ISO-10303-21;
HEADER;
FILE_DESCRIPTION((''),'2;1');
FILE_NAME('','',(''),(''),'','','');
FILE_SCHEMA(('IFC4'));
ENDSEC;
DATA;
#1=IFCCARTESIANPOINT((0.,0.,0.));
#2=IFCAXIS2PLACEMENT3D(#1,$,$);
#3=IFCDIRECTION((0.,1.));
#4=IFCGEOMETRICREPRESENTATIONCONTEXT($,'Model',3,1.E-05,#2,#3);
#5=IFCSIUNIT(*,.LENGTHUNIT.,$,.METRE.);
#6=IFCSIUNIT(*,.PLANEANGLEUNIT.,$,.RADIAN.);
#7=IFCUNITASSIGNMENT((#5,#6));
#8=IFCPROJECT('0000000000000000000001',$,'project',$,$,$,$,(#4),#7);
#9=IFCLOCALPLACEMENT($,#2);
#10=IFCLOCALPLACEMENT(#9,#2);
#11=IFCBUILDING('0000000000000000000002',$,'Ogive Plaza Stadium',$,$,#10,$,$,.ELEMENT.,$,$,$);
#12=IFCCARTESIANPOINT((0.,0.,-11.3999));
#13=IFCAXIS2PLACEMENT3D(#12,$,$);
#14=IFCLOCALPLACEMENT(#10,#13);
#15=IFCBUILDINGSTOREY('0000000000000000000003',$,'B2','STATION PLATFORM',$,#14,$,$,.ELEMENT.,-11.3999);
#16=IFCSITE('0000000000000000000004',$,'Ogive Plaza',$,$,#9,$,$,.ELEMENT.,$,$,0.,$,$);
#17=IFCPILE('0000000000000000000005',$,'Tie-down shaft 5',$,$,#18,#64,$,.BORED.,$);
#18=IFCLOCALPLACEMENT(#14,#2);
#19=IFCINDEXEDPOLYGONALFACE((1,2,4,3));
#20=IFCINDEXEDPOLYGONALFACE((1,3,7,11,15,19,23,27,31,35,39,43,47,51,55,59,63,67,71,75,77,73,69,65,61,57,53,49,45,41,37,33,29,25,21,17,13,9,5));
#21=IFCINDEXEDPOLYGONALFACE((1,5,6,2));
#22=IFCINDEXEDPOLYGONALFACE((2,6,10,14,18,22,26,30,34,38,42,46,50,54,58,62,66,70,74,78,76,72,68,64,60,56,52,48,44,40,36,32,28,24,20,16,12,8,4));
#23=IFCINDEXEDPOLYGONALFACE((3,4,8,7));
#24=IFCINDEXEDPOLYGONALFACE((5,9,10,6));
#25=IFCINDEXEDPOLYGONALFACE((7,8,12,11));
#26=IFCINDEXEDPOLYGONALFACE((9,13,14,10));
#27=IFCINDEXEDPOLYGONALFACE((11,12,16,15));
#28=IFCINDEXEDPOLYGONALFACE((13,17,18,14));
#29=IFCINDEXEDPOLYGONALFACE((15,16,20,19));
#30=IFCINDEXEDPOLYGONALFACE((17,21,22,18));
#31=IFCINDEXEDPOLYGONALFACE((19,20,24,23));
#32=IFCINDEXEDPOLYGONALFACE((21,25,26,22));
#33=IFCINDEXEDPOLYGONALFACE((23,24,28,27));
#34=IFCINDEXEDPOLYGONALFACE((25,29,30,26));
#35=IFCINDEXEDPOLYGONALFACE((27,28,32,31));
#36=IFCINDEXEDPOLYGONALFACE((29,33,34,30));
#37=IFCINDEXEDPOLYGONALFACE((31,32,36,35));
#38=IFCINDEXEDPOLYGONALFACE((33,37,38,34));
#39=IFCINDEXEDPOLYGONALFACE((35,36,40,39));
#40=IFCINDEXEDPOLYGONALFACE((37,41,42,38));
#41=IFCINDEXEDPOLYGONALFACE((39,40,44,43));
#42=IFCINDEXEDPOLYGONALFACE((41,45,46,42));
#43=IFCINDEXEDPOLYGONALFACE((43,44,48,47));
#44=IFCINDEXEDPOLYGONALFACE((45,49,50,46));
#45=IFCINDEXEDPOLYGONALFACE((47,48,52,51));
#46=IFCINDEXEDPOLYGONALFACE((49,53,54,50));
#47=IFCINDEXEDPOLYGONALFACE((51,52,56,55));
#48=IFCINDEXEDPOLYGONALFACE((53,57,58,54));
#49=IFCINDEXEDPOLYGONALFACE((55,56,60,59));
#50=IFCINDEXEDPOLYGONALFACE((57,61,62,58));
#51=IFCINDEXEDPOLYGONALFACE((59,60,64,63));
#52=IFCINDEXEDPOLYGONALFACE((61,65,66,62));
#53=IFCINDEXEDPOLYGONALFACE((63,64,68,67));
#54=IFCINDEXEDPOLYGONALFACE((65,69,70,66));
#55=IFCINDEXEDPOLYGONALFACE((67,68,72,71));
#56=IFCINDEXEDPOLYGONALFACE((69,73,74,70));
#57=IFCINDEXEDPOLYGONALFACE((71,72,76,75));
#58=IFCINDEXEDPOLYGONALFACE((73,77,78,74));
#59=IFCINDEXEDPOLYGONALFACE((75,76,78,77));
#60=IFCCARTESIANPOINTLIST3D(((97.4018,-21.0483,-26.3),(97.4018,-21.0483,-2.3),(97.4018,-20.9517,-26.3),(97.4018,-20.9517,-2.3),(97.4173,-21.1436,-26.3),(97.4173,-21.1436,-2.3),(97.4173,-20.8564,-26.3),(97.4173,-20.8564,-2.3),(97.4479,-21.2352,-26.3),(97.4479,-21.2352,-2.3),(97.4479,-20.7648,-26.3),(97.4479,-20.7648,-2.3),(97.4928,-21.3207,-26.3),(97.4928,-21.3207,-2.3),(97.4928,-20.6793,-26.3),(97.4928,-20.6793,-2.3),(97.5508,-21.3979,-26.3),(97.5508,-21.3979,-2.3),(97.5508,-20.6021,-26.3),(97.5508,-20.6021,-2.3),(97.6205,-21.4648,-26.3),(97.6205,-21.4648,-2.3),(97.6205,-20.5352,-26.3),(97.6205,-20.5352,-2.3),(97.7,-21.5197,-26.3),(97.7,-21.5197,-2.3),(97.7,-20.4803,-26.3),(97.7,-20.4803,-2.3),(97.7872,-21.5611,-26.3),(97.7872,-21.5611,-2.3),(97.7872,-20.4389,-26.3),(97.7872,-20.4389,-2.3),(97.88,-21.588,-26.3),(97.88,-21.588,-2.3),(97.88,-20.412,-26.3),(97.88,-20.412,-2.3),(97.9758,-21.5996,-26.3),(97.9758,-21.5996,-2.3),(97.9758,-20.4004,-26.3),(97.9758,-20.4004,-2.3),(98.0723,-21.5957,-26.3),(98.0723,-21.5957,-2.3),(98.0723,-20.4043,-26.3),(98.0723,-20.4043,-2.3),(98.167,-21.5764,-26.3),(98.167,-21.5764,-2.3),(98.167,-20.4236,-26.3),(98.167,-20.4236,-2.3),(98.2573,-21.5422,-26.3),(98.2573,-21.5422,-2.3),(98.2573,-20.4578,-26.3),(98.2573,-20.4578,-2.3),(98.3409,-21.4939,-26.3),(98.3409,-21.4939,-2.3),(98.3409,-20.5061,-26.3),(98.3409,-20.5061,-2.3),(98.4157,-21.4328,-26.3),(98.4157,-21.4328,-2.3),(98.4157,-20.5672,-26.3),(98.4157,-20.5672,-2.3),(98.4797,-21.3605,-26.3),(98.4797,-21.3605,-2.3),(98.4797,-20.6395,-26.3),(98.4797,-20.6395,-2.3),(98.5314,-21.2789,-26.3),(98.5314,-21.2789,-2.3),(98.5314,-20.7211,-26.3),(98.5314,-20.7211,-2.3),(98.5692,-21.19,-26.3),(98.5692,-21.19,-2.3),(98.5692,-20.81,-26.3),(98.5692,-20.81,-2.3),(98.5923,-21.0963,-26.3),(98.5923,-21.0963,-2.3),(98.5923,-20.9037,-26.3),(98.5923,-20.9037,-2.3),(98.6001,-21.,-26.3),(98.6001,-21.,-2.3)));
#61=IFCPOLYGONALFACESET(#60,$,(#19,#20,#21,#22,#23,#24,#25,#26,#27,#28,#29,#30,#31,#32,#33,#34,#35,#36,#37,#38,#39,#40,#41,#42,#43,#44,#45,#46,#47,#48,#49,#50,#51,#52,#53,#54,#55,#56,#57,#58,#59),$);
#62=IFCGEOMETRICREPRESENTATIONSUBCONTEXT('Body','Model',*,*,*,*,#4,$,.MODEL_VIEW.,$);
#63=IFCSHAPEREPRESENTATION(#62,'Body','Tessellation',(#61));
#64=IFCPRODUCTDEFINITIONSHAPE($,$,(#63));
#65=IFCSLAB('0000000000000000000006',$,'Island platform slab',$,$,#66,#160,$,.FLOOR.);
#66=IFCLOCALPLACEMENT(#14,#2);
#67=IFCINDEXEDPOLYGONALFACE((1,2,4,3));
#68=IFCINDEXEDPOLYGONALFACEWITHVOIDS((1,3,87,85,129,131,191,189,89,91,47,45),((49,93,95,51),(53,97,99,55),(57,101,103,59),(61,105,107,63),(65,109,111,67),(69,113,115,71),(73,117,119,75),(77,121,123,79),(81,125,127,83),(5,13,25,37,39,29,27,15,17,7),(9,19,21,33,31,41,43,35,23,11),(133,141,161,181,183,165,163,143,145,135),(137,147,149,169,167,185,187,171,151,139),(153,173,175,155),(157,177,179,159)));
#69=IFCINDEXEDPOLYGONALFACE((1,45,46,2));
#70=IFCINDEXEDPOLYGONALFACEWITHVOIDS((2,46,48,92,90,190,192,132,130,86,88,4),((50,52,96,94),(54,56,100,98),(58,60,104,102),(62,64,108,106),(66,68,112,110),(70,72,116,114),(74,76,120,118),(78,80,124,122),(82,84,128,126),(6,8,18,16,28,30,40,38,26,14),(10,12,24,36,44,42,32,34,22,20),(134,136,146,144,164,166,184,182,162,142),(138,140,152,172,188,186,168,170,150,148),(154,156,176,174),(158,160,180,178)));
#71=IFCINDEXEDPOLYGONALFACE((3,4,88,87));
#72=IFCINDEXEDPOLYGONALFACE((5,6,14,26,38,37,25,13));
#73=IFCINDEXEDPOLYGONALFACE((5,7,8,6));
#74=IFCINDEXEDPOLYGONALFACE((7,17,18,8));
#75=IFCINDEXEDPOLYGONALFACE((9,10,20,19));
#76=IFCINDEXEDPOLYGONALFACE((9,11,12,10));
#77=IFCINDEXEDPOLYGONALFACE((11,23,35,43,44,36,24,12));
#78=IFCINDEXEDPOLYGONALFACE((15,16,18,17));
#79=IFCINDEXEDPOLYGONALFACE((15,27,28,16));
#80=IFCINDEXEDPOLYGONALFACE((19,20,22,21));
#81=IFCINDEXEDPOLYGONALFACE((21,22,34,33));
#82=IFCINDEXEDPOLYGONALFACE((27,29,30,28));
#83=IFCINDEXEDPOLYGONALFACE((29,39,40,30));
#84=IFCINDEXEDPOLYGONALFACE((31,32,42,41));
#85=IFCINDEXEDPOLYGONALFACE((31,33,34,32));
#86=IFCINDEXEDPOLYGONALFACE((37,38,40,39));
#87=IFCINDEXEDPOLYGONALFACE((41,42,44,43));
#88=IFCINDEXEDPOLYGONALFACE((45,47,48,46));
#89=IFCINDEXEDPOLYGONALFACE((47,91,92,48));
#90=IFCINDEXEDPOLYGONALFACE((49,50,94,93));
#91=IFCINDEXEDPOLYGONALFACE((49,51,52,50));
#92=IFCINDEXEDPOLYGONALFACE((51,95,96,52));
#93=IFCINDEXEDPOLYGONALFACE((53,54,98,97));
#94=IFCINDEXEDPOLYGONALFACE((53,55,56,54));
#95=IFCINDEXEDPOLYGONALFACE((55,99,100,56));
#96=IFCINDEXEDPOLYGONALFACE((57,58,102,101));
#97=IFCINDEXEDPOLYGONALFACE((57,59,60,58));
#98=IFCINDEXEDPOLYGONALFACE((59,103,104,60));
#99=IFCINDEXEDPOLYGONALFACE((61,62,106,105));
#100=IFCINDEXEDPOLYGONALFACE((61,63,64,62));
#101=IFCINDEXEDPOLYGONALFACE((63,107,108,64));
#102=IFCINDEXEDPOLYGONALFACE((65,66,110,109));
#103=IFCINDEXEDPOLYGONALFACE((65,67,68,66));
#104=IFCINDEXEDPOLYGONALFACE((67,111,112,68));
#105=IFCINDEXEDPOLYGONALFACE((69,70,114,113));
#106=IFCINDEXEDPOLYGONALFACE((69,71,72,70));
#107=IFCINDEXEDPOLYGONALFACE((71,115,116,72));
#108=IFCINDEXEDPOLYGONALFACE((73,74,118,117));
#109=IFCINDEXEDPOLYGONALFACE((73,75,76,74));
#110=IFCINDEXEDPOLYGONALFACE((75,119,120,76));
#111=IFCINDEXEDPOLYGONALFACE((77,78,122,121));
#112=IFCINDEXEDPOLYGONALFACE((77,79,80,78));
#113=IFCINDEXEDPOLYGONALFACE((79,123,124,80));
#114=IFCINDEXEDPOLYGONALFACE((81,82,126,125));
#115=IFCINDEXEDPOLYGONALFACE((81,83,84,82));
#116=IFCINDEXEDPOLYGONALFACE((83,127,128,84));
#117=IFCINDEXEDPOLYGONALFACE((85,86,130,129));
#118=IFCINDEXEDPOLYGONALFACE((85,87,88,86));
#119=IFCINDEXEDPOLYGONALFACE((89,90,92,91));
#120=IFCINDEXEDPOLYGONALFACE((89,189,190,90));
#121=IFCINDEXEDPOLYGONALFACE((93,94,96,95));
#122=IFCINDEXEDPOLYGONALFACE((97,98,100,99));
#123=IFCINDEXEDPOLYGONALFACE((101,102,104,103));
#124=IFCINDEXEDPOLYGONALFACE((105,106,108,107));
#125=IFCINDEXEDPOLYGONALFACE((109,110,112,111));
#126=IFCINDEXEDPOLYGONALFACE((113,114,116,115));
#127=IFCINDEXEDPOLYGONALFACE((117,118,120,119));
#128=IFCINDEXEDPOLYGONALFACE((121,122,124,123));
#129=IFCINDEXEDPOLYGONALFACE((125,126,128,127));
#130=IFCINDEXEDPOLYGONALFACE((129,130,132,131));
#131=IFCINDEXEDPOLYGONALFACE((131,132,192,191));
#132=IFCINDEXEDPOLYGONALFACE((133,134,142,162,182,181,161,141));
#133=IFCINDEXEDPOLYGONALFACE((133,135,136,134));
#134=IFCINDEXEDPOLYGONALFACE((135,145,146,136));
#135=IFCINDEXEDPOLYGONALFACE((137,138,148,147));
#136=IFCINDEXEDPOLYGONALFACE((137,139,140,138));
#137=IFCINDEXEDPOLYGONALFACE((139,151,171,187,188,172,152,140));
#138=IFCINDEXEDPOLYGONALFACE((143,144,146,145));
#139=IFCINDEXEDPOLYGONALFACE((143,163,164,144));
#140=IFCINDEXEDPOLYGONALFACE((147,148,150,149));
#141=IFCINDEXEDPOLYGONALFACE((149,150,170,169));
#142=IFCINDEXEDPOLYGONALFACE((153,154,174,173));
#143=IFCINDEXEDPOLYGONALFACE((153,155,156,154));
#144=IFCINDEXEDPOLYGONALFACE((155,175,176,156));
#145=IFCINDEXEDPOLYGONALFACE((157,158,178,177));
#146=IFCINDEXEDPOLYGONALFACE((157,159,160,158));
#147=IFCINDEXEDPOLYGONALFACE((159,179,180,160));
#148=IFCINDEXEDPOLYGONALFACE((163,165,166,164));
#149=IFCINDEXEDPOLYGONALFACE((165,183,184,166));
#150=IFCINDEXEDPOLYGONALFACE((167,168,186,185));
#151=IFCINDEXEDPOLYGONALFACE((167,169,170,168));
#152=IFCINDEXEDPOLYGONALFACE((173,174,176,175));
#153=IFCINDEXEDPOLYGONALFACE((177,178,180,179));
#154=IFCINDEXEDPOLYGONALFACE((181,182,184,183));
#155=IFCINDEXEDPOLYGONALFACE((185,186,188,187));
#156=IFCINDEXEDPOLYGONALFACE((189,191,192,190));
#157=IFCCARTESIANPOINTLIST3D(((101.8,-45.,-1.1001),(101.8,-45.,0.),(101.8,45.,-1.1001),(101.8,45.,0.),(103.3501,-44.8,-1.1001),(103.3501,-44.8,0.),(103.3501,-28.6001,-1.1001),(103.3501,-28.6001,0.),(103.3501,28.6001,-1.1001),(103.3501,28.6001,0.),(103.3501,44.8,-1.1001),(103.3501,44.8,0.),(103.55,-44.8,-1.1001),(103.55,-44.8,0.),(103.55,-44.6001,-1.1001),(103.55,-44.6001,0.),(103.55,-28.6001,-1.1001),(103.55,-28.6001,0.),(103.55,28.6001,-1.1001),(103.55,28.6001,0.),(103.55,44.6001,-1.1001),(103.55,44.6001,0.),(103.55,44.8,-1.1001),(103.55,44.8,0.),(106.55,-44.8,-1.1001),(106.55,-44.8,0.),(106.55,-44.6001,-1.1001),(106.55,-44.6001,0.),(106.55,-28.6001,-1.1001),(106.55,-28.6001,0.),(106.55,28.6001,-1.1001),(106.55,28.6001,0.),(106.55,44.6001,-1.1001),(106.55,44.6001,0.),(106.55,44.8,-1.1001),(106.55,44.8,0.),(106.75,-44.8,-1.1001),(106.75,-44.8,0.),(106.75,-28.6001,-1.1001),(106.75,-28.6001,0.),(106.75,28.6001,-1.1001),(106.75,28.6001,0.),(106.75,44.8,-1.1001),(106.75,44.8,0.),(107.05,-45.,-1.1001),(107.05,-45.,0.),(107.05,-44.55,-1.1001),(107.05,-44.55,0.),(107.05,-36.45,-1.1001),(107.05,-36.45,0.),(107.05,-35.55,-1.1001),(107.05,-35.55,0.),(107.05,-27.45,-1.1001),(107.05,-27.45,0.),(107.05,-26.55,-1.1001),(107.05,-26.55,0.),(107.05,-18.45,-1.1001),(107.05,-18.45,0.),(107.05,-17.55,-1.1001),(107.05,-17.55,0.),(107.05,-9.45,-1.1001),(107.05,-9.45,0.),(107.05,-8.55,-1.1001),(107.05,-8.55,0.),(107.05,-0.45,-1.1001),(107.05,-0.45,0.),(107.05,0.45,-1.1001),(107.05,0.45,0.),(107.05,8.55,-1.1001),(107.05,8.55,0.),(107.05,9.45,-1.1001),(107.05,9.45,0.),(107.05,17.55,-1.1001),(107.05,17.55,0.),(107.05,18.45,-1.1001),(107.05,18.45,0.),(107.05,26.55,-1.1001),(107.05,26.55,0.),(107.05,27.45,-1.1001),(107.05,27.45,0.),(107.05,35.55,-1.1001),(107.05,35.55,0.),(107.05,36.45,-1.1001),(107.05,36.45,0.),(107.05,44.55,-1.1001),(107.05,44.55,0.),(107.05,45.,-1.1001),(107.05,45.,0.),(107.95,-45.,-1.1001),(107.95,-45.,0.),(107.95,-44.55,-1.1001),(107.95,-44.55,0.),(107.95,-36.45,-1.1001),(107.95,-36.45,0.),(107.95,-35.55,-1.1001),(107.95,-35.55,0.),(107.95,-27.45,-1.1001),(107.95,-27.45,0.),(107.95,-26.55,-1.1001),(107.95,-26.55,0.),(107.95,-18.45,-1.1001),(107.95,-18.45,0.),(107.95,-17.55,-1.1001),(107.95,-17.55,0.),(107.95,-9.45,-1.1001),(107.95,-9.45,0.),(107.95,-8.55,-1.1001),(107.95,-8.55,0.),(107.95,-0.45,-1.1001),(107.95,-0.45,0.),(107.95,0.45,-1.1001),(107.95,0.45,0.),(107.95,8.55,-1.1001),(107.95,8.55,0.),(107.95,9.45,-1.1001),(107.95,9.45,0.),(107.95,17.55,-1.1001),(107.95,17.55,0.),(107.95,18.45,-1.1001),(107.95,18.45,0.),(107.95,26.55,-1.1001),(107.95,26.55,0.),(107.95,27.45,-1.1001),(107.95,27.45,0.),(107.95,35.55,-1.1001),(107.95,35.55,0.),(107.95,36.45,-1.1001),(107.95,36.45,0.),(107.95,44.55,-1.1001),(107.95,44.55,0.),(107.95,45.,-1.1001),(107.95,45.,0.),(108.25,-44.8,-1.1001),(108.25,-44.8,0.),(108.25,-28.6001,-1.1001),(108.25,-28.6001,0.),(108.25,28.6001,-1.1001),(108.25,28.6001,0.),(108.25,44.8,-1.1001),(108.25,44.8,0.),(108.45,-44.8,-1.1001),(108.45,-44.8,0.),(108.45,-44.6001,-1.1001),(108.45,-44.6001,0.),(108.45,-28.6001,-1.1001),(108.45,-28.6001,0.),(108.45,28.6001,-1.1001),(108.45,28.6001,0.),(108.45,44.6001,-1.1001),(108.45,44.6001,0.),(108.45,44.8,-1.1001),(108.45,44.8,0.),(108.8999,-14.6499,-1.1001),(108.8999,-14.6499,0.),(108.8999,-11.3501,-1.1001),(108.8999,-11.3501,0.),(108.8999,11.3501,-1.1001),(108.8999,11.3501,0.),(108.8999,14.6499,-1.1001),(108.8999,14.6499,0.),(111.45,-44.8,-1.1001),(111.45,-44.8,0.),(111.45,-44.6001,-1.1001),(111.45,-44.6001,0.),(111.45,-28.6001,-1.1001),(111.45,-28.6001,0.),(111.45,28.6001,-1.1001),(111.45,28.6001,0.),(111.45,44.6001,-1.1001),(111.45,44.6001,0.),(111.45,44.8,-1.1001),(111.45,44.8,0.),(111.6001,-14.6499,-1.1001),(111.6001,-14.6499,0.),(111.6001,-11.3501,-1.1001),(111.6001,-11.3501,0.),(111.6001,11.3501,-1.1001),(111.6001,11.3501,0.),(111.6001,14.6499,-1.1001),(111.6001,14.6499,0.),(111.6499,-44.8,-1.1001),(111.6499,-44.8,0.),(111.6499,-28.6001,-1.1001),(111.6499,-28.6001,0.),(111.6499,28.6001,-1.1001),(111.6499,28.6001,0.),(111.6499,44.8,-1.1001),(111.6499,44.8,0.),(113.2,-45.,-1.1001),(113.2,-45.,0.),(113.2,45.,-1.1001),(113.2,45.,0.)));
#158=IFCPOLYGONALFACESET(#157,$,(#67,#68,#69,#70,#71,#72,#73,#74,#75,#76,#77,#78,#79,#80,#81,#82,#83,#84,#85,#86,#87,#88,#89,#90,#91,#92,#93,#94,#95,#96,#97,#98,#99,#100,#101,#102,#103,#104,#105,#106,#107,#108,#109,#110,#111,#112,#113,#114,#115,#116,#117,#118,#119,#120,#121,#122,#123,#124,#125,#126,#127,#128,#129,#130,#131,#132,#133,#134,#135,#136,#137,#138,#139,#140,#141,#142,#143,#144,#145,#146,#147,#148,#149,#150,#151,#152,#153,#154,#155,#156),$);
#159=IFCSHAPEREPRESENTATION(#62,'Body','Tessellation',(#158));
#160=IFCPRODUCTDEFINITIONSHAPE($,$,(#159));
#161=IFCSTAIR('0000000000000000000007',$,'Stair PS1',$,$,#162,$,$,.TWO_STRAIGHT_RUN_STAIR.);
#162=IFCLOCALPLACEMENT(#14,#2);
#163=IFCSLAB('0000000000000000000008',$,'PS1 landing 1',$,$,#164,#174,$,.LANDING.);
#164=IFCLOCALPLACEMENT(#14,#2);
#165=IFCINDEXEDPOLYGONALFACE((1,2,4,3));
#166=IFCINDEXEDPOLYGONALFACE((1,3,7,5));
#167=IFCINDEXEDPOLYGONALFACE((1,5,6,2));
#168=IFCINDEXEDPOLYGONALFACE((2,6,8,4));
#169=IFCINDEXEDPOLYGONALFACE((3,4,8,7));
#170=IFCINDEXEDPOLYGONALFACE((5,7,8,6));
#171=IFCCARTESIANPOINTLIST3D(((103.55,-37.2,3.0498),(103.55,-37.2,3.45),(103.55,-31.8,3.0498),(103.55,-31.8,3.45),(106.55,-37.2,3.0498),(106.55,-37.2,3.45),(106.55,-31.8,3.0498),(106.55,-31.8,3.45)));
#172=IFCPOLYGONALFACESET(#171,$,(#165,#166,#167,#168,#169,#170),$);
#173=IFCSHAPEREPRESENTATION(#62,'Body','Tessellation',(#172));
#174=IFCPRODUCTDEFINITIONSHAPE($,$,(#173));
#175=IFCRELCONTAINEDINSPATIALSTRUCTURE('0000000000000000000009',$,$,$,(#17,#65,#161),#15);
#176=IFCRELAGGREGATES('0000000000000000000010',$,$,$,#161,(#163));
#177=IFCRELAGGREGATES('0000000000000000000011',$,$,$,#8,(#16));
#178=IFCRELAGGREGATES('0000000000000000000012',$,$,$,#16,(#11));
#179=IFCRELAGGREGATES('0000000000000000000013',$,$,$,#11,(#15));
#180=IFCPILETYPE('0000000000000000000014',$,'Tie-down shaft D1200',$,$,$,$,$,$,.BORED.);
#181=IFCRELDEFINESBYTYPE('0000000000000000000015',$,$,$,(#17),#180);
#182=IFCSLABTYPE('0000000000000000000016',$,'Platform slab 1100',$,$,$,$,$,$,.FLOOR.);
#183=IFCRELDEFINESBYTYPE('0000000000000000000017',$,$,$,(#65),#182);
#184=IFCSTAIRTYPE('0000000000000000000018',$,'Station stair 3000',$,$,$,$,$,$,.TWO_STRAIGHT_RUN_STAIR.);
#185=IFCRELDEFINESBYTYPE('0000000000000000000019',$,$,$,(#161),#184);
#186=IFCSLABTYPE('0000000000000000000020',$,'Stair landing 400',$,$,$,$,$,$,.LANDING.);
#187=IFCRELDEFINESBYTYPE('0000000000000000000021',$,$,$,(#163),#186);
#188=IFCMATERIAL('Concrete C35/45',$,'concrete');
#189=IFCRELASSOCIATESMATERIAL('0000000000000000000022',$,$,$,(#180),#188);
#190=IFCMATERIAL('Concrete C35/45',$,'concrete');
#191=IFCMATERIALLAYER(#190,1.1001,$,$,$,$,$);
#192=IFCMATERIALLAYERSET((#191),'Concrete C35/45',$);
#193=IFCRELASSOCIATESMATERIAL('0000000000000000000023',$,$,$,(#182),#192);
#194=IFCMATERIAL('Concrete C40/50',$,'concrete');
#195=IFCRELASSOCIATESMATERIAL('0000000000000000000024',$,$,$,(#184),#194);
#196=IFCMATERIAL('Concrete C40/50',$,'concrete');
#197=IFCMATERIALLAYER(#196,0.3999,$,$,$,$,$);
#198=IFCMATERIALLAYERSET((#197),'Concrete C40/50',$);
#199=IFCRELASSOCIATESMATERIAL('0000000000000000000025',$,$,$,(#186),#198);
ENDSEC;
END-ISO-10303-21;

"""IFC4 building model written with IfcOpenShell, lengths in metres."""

from ifc_helpers import new_model, si_unit, direction, frame, origin, origin_2d, place, context, subcontext, project, spatial, polyline, circle, outline, extrude, material, layer, layer_set, material_profile, profile_set, type_object, element, aggregate, save


model = new_model("IFC4")

# Units and contexts
model_context = context("Model", 3, precision=1e-05, world=origin(), true_north=direction((0.0, 1.0)))
body_context = subcontext(model_context, "Body", "Model", "MODEL_VIEW")
ifc_project = project(units=[si_unit("LENGTHUNIT", "METRE"), si_unit("PLANEANGLEUNIT", "RADIAN")], contexts=[model_context])

# Site, building, storey
site_placement = place(None, origin())
site = spatial("IfcSite", under=ifc_project, at=site_placement, Name="Ogive Plaza", CompositionType="ELEMENT", RefElevation=0.0)
building_placement = place(site_placement, origin())
building = spatial("IfcBuilding", under=site, at=building_placement, Name="Ogive Plaza Stadium", CompositionType="ELEMENT")
storey_placement = place(building_placement, frame((0.0, 0.0, -11.3999)))
storey = spatial("IfcBuildingStorey", under=building, at=storey_placement, Name="B2", Description="STATION PLATFORM", CompositionType="ELEMENT", Elevation=-11.3999)

# Pile
ifc_material_1 = material(Name="Concrete C35/45", Category="concrete")
ifc_material_profile = material_profile(ifc_material_1, circle(Radius=0.6001, at=origin_2d()), Name="Tie-down shaft D1200")
ifc_profile_set = profile_set([ifc_material_profile], Name="Concrete C35/45")
pile_type = type_object("IfcPileType", Name="Tie-down shaft D1200", PredefinedType="BORED", material=ifc_profile_set)
for number, where, z_axis, x_axis, name in (
    (1, (98.0, -21.0, -2.3), (0.0, 0.0, -1.0), (1.0, 0.0, 0.0), "Tie-down shaft 5"),
):
    element("IfcPile", number, at=place(storey_placement, frame(where, z_axis=z_axis, x_axis=x_axis)), inside=storey, type_object=pile_type, Name=name, PredefinedType="BORED", context=body_context, shape_type="SweptSolid", body=[
        extrude(circle(Radius=0.6001, at=origin_2d()), origin(), (0.0, 0.0, 1.0), 24.0),
    ])

# Slab
ifc_material_2 = material(Name="Concrete C35/45", Category="concrete")
ifc_layer_1 = layer(ifc_material_2, 1.1001)
ifc_layer_set_1 = layer_set([ifc_layer_1], Name="Concrete C35/45")
slab_type_1 = type_object("IfcSlabType", Name="Platform slab 1100", PredefinedType="FLOOR", material=ifc_layer_set_1)
slab_1_placement = place(storey_placement, frame((0.0, 0.0, -1.1001)))
element("IfcSlab", 2, at=slab_1_placement, inside=storey, type_object=slab_type_1, Name="Island platform slab", PredefinedType="FLOOR", context=body_context, shape_type="SweptSolid", body=[
    extrude(outline(polyline([(107.95, -44.55), (107.05, -44.55), (107.05, -45.0), (101.8, -45.0), (101.8, 45.0), (107.05, 45.0), (107.05, 44.55), (107.95, 44.55), (107.95, 45.0), (113.2, 45.0), (113.2, -45.0), (107.95, -45.0), (107.95, -44.55)]), holes=[polyline([(106.55, -44.8), (106.75, -44.8), (106.75, -28.6001), (106.55, -28.6001), (106.55, -44.6001), (103.55, -44.6001), (103.55, -28.6001), (103.3501, -28.6001), (103.3501, -44.8), (103.55, -44.8), (106.55, -44.8)]), polyline([(108.25, -28.6001), (108.25, -44.8), (108.45, -44.8), (111.45, -44.8), (111.6499, -44.8), (111.6499, -28.6001), (111.45, -28.6001), (111.45, -44.6001), (108.45, -44.6001), (108.45, -28.6001), (108.25, -28.6001)]), polyline([(106.75, 44.8), (106.55, 44.8), (103.55, 44.8), (103.3501, 44.8), (103.3501, 28.6001), (103.55, 28.6001), (103.55, 44.6001), (106.55, 44.6001), (106.55, 28.6001), (106.75, 28.6001), (106.75, 44.8)]), polyline([(111.45, 44.6001), (111.45, 28.6001), (111.6499, 28.6001), (111.6499, 44.8), (111.45, 44.8), (108.45, 44.8), (108.25, 44.8), (108.25, 28.6001), (108.45, 28.6001), (108.45, 44.6001), (111.45, 44.6001)]), polyline([(111.6001, -11.3501), (108.8999, -11.3501), (108.8999, -14.6499), (111.6001, -14.6499), (111.6001, -11.3501)]), polyline([(111.6001, 11.3501), (111.6001, 14.6499), (108.8999, 14.6499), (108.8999, 11.3501), (111.6001, 11.3501)]), polyline([(107.05, -35.55), (107.05, -36.45), (107.95, -36.45), (107.95, -35.55), (107.05, -35.55)]), polyline([(107.95, -26.55), (107.05, -26.55), (107.05, -27.45), (107.95, -27.45), (107.95, -26.55)]), polyline([(107.95, -18.45), (107.95, -17.55), (107.05, -17.55), (107.05, -18.45), (107.95, -18.45)]), polyline([(107.05, -9.45), (107.95, -9.45), (107.95, -8.55), (107.05, -8.55), (107.05, -9.45)]), polyline([(107.05, 0.45), (107.05, -0.45), (107.95, -0.45), (107.95, 0.45), (107.05, 0.45)]), polyline([(107.95, 9.45), (107.05, 9.45), (107.05, 8.55), (107.95, 8.55), (107.95, 9.45)]), polyline([(107.95, 17.55), (107.95, 18.45), (107.05, 18.45), (107.05, 17.55), (107.95, 17.55)]), polyline([(107.05, 26.55), (107.95, 26.55), (107.95, 27.45), (107.05, 27.45), (107.05, 26.55)]), polyline([(107.05, 36.45), (107.05, 35.55), (107.95, 35.55), (107.95, 36.45), (107.05, 36.45)])]), origin(), (0.0, 0.0, 1.0), 1.1001),
])

# Stair, slab
ifc_material_3 = material(Name="Concrete C40/50", Category="concrete")
stair_type = type_object("IfcStairType", Name="Station stair 3000", PredefinedType="TWO_STRAIGHT_RUN_STAIR", material=ifc_material_3)
stair_1_placement = place(storey_placement, origin())
stair_1 = element("IfcStair", 3, at=stair_1_placement, inside=storey, type_object=stair_type, Name="Stair PS1", PredefinedType="TWO_STRAIGHT_RUN_STAIR")
ifc_material_4 = material(Name="Concrete C40/50", Category="concrete")
ifc_layer_2 = layer(ifc_material_4, 0.3999)
ifc_layer_set_2 = layer_set([ifc_layer_2], Name="Concrete C40/50")
slab_type_2 = type_object("IfcSlabType", Name="Stair landing 400", PredefinedType="LANDING", material=ifc_layer_set_2)
slab_2_placement = place(storey_placement, frame((0.0, 0.0, 3.0498)))
slab_2 = element("IfcSlab", 4, at=slab_2_placement, type_object=slab_type_2, Name="PS1 landing 1", PredefinedType="LANDING", context=body_context, shape_type="SweptSolid", body=[
    extrude(outline(polyline([(103.55, -37.2), (106.55, -37.2), (106.55, -31.8), (103.55, -31.8), (103.55, -37.2)])), origin(), (0.0, 0.0, 1.0), 0.4001),
])
aggregate(stair_1, [slab_2])

save(model, "model.ifc")
